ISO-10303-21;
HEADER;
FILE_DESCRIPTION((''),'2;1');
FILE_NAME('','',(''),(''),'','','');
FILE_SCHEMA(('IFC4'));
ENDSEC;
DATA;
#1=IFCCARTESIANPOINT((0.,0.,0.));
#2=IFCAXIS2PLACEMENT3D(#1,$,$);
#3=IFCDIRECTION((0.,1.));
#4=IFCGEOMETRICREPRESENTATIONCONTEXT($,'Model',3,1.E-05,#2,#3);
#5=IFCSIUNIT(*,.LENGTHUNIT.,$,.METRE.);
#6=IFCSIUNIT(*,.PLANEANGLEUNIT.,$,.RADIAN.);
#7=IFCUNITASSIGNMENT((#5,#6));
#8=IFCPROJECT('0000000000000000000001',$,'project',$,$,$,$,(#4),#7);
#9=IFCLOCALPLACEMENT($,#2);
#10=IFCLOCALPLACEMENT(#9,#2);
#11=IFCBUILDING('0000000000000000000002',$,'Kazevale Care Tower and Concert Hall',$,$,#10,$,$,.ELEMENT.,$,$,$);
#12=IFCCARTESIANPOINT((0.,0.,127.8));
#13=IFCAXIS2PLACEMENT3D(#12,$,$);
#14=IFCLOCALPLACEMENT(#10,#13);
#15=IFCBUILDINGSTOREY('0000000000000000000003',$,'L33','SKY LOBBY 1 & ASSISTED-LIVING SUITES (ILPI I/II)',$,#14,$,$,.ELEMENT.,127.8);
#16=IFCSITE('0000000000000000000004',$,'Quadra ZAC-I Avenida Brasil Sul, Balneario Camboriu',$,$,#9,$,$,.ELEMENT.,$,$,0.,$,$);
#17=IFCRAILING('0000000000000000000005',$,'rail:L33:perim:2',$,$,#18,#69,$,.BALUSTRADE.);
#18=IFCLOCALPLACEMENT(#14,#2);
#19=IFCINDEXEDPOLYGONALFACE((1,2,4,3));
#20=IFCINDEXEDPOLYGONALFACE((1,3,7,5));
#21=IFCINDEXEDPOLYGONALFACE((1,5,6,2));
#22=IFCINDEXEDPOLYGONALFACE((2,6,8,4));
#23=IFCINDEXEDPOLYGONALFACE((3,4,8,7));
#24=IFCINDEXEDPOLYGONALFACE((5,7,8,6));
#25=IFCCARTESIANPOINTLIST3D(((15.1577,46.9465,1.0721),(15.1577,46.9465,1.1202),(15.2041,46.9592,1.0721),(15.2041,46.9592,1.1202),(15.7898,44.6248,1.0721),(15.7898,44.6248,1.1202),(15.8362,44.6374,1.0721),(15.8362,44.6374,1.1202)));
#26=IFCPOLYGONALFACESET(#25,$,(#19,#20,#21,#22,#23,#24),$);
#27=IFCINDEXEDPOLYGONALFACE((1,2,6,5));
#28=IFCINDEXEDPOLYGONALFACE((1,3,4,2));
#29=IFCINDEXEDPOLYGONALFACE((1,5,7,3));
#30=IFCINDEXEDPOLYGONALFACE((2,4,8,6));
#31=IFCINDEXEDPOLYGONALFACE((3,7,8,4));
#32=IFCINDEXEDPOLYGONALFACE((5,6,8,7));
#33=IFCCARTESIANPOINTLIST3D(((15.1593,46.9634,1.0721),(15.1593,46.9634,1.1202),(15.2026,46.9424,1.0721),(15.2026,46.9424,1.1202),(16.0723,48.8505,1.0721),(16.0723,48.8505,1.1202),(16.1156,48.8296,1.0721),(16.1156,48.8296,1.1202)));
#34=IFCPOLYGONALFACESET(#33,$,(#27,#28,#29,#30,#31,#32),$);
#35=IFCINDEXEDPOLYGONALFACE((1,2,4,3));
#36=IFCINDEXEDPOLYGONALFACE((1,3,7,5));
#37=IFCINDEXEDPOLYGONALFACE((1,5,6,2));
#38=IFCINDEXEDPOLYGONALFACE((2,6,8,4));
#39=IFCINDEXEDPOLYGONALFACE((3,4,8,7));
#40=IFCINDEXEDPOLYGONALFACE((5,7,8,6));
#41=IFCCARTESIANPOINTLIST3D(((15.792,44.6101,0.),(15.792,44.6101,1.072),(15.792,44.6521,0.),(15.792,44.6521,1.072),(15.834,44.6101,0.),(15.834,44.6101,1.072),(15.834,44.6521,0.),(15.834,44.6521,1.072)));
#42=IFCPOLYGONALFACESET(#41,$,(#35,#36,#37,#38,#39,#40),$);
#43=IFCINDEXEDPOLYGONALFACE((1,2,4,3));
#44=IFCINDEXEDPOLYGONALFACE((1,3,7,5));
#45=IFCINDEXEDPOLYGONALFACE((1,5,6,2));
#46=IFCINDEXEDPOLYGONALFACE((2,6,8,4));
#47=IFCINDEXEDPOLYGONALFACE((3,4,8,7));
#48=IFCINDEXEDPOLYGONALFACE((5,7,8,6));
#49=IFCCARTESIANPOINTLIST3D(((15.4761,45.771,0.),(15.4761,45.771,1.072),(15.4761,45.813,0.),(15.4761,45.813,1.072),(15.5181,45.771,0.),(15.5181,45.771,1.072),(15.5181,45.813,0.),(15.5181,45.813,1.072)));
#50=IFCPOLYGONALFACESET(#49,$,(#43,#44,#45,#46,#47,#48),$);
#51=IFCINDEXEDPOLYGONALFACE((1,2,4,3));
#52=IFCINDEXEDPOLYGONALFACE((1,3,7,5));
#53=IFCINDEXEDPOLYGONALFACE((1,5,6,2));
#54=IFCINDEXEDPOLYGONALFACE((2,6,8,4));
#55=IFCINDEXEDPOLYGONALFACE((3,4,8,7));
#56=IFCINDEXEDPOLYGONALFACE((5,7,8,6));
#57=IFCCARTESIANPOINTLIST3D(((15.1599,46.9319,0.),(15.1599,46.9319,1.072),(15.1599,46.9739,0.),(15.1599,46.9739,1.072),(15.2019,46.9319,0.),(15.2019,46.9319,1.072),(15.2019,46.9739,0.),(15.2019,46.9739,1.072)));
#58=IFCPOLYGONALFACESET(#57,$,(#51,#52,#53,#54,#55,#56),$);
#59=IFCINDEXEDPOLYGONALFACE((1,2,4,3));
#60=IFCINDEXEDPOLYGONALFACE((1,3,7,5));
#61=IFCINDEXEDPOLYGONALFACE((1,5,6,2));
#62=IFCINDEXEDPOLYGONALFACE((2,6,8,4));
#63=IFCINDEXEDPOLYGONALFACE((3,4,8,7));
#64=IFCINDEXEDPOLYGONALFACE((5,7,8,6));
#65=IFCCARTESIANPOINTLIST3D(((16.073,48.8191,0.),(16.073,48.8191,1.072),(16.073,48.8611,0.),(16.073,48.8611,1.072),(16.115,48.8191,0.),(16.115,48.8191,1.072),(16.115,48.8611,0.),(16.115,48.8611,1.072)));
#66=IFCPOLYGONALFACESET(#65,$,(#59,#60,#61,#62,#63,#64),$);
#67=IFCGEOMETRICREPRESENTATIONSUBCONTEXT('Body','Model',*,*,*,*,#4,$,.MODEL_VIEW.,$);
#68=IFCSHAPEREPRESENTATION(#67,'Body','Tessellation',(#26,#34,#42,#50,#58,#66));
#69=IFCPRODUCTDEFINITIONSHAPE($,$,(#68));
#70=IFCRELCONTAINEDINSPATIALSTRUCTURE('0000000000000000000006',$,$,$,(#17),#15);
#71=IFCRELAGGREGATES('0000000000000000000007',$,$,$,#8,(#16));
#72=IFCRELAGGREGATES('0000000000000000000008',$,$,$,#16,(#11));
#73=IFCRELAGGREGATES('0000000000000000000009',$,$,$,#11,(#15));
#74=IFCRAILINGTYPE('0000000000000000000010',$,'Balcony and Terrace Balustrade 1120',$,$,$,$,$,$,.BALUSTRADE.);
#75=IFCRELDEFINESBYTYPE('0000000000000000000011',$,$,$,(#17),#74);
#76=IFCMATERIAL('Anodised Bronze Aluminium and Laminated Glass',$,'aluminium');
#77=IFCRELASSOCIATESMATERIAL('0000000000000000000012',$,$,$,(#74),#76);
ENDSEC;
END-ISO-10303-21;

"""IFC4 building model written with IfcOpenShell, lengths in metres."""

from ifc_helpers import new_model, si_unit, direction, frame, origin, origin_2d, place, context, subcontext, project, spatial, rectangle, extrude, material, type_object, element, save


model = new_model("IFC4")

# Units and contexts
model_context = context("Model", 3, precision=1e-05, world=origin(), true_north=direction((0.0, 1.0)))
body_context = subcontext(model_context, "Body", "Model", "MODEL_VIEW")
ifc_project = project(units=[si_unit("LENGTHUNIT", "METRE"), si_unit("PLANEANGLEUNIT", "RADIAN")], contexts=[model_context])

# Site, building, storey
site_placement = place(None, origin())
site = spatial("IfcSite", under=ifc_project, at=site_placement, Name="Quadra ZAC-I Avenida Brasil Sul, Balneario Camboriu", CompositionType="ELEMENT", RefElevation=0.0)
building_placement = place(site_placement, origin())
building = spatial("IfcBuilding", under=site, at=building_placement, Name="Kazevale Care Tower and Concert Hall", CompositionType="ELEMENT")
storey_placement = place(building_placement, frame((0.0, 0.0, 127.8)))
storey = spatial("IfcBuildingStorey", under=building, at=storey_placement, Name="L33", Description="SKY LOBBY 1 & ASSISTED-LIVING SUITES (ILPI I/II)", CompositionType="ELEMENT", Elevation=127.8)

# Railing
ifc_material_1 = material(Name="Anodised Bronze Aluminium and Laminated Glass", Category="aluminium")
railing_type = type_object("IfcRailingType", Name="Balcony and Terrace Balustrade 1120", PredefinedType="BALUSTRADE", material=ifc_material_1)
railing_placement = place(storey_placement, frame((15.813, 44.6311, 0.0)))
element("IfcRailing", 1, at=railing_placement, inside=storey, type_object=railing_type, Name="rail:L33:perim:2", PredefinedType="BALUSTRADE", context=body_context, shape_type="SweptSolid", body=[
    extrude(rectangle(XDim=0.0481, YDim=0.0481, at=origin_2d()), frame((0.0, 0.0, 1.0962), z_axis=(-0.26268, 0.964883, 0.0), x_axis=(-0.964883, -0.26268, 0.0)), (0.0, 0.0, 1.0), 2.4062),
    extrude(rectangle(XDim=0.0481, YDim=0.0481, at=origin_2d()), frame((-0.6321, 2.3218, 1.0962), z_axis=(0.43553, 0.900174, 0.0), x_axis=(-0.900174, 0.43553, 0.0)), (0.0, 0.0, 1.0), 2.0964),
    extrude(rectangle(XDim=0.042, YDim=0.042, at=origin_2d()), origin(), (0.0, 0.0, 1.0), 1.072),
    extrude(rectangle(XDim=0.042, YDim=0.042, at=origin_2d()), frame((-0.3159, 1.1609, 0.0)), (0.0, 0.0, 1.0), 1.072),
    extrude(rectangle(XDim=0.042, YDim=0.042, at=origin_2d()), frame((-0.6321, 2.3218, 0.0)), (0.0, 0.0, 1.0), 1.072),
    extrude(rectangle(XDim=0.042, YDim=0.042, at=origin_2d()), frame((0.281, 4.209, 0.0)), (0.0, 0.0, 1.0), 1.072),
])

save(model, "model.ifc")
